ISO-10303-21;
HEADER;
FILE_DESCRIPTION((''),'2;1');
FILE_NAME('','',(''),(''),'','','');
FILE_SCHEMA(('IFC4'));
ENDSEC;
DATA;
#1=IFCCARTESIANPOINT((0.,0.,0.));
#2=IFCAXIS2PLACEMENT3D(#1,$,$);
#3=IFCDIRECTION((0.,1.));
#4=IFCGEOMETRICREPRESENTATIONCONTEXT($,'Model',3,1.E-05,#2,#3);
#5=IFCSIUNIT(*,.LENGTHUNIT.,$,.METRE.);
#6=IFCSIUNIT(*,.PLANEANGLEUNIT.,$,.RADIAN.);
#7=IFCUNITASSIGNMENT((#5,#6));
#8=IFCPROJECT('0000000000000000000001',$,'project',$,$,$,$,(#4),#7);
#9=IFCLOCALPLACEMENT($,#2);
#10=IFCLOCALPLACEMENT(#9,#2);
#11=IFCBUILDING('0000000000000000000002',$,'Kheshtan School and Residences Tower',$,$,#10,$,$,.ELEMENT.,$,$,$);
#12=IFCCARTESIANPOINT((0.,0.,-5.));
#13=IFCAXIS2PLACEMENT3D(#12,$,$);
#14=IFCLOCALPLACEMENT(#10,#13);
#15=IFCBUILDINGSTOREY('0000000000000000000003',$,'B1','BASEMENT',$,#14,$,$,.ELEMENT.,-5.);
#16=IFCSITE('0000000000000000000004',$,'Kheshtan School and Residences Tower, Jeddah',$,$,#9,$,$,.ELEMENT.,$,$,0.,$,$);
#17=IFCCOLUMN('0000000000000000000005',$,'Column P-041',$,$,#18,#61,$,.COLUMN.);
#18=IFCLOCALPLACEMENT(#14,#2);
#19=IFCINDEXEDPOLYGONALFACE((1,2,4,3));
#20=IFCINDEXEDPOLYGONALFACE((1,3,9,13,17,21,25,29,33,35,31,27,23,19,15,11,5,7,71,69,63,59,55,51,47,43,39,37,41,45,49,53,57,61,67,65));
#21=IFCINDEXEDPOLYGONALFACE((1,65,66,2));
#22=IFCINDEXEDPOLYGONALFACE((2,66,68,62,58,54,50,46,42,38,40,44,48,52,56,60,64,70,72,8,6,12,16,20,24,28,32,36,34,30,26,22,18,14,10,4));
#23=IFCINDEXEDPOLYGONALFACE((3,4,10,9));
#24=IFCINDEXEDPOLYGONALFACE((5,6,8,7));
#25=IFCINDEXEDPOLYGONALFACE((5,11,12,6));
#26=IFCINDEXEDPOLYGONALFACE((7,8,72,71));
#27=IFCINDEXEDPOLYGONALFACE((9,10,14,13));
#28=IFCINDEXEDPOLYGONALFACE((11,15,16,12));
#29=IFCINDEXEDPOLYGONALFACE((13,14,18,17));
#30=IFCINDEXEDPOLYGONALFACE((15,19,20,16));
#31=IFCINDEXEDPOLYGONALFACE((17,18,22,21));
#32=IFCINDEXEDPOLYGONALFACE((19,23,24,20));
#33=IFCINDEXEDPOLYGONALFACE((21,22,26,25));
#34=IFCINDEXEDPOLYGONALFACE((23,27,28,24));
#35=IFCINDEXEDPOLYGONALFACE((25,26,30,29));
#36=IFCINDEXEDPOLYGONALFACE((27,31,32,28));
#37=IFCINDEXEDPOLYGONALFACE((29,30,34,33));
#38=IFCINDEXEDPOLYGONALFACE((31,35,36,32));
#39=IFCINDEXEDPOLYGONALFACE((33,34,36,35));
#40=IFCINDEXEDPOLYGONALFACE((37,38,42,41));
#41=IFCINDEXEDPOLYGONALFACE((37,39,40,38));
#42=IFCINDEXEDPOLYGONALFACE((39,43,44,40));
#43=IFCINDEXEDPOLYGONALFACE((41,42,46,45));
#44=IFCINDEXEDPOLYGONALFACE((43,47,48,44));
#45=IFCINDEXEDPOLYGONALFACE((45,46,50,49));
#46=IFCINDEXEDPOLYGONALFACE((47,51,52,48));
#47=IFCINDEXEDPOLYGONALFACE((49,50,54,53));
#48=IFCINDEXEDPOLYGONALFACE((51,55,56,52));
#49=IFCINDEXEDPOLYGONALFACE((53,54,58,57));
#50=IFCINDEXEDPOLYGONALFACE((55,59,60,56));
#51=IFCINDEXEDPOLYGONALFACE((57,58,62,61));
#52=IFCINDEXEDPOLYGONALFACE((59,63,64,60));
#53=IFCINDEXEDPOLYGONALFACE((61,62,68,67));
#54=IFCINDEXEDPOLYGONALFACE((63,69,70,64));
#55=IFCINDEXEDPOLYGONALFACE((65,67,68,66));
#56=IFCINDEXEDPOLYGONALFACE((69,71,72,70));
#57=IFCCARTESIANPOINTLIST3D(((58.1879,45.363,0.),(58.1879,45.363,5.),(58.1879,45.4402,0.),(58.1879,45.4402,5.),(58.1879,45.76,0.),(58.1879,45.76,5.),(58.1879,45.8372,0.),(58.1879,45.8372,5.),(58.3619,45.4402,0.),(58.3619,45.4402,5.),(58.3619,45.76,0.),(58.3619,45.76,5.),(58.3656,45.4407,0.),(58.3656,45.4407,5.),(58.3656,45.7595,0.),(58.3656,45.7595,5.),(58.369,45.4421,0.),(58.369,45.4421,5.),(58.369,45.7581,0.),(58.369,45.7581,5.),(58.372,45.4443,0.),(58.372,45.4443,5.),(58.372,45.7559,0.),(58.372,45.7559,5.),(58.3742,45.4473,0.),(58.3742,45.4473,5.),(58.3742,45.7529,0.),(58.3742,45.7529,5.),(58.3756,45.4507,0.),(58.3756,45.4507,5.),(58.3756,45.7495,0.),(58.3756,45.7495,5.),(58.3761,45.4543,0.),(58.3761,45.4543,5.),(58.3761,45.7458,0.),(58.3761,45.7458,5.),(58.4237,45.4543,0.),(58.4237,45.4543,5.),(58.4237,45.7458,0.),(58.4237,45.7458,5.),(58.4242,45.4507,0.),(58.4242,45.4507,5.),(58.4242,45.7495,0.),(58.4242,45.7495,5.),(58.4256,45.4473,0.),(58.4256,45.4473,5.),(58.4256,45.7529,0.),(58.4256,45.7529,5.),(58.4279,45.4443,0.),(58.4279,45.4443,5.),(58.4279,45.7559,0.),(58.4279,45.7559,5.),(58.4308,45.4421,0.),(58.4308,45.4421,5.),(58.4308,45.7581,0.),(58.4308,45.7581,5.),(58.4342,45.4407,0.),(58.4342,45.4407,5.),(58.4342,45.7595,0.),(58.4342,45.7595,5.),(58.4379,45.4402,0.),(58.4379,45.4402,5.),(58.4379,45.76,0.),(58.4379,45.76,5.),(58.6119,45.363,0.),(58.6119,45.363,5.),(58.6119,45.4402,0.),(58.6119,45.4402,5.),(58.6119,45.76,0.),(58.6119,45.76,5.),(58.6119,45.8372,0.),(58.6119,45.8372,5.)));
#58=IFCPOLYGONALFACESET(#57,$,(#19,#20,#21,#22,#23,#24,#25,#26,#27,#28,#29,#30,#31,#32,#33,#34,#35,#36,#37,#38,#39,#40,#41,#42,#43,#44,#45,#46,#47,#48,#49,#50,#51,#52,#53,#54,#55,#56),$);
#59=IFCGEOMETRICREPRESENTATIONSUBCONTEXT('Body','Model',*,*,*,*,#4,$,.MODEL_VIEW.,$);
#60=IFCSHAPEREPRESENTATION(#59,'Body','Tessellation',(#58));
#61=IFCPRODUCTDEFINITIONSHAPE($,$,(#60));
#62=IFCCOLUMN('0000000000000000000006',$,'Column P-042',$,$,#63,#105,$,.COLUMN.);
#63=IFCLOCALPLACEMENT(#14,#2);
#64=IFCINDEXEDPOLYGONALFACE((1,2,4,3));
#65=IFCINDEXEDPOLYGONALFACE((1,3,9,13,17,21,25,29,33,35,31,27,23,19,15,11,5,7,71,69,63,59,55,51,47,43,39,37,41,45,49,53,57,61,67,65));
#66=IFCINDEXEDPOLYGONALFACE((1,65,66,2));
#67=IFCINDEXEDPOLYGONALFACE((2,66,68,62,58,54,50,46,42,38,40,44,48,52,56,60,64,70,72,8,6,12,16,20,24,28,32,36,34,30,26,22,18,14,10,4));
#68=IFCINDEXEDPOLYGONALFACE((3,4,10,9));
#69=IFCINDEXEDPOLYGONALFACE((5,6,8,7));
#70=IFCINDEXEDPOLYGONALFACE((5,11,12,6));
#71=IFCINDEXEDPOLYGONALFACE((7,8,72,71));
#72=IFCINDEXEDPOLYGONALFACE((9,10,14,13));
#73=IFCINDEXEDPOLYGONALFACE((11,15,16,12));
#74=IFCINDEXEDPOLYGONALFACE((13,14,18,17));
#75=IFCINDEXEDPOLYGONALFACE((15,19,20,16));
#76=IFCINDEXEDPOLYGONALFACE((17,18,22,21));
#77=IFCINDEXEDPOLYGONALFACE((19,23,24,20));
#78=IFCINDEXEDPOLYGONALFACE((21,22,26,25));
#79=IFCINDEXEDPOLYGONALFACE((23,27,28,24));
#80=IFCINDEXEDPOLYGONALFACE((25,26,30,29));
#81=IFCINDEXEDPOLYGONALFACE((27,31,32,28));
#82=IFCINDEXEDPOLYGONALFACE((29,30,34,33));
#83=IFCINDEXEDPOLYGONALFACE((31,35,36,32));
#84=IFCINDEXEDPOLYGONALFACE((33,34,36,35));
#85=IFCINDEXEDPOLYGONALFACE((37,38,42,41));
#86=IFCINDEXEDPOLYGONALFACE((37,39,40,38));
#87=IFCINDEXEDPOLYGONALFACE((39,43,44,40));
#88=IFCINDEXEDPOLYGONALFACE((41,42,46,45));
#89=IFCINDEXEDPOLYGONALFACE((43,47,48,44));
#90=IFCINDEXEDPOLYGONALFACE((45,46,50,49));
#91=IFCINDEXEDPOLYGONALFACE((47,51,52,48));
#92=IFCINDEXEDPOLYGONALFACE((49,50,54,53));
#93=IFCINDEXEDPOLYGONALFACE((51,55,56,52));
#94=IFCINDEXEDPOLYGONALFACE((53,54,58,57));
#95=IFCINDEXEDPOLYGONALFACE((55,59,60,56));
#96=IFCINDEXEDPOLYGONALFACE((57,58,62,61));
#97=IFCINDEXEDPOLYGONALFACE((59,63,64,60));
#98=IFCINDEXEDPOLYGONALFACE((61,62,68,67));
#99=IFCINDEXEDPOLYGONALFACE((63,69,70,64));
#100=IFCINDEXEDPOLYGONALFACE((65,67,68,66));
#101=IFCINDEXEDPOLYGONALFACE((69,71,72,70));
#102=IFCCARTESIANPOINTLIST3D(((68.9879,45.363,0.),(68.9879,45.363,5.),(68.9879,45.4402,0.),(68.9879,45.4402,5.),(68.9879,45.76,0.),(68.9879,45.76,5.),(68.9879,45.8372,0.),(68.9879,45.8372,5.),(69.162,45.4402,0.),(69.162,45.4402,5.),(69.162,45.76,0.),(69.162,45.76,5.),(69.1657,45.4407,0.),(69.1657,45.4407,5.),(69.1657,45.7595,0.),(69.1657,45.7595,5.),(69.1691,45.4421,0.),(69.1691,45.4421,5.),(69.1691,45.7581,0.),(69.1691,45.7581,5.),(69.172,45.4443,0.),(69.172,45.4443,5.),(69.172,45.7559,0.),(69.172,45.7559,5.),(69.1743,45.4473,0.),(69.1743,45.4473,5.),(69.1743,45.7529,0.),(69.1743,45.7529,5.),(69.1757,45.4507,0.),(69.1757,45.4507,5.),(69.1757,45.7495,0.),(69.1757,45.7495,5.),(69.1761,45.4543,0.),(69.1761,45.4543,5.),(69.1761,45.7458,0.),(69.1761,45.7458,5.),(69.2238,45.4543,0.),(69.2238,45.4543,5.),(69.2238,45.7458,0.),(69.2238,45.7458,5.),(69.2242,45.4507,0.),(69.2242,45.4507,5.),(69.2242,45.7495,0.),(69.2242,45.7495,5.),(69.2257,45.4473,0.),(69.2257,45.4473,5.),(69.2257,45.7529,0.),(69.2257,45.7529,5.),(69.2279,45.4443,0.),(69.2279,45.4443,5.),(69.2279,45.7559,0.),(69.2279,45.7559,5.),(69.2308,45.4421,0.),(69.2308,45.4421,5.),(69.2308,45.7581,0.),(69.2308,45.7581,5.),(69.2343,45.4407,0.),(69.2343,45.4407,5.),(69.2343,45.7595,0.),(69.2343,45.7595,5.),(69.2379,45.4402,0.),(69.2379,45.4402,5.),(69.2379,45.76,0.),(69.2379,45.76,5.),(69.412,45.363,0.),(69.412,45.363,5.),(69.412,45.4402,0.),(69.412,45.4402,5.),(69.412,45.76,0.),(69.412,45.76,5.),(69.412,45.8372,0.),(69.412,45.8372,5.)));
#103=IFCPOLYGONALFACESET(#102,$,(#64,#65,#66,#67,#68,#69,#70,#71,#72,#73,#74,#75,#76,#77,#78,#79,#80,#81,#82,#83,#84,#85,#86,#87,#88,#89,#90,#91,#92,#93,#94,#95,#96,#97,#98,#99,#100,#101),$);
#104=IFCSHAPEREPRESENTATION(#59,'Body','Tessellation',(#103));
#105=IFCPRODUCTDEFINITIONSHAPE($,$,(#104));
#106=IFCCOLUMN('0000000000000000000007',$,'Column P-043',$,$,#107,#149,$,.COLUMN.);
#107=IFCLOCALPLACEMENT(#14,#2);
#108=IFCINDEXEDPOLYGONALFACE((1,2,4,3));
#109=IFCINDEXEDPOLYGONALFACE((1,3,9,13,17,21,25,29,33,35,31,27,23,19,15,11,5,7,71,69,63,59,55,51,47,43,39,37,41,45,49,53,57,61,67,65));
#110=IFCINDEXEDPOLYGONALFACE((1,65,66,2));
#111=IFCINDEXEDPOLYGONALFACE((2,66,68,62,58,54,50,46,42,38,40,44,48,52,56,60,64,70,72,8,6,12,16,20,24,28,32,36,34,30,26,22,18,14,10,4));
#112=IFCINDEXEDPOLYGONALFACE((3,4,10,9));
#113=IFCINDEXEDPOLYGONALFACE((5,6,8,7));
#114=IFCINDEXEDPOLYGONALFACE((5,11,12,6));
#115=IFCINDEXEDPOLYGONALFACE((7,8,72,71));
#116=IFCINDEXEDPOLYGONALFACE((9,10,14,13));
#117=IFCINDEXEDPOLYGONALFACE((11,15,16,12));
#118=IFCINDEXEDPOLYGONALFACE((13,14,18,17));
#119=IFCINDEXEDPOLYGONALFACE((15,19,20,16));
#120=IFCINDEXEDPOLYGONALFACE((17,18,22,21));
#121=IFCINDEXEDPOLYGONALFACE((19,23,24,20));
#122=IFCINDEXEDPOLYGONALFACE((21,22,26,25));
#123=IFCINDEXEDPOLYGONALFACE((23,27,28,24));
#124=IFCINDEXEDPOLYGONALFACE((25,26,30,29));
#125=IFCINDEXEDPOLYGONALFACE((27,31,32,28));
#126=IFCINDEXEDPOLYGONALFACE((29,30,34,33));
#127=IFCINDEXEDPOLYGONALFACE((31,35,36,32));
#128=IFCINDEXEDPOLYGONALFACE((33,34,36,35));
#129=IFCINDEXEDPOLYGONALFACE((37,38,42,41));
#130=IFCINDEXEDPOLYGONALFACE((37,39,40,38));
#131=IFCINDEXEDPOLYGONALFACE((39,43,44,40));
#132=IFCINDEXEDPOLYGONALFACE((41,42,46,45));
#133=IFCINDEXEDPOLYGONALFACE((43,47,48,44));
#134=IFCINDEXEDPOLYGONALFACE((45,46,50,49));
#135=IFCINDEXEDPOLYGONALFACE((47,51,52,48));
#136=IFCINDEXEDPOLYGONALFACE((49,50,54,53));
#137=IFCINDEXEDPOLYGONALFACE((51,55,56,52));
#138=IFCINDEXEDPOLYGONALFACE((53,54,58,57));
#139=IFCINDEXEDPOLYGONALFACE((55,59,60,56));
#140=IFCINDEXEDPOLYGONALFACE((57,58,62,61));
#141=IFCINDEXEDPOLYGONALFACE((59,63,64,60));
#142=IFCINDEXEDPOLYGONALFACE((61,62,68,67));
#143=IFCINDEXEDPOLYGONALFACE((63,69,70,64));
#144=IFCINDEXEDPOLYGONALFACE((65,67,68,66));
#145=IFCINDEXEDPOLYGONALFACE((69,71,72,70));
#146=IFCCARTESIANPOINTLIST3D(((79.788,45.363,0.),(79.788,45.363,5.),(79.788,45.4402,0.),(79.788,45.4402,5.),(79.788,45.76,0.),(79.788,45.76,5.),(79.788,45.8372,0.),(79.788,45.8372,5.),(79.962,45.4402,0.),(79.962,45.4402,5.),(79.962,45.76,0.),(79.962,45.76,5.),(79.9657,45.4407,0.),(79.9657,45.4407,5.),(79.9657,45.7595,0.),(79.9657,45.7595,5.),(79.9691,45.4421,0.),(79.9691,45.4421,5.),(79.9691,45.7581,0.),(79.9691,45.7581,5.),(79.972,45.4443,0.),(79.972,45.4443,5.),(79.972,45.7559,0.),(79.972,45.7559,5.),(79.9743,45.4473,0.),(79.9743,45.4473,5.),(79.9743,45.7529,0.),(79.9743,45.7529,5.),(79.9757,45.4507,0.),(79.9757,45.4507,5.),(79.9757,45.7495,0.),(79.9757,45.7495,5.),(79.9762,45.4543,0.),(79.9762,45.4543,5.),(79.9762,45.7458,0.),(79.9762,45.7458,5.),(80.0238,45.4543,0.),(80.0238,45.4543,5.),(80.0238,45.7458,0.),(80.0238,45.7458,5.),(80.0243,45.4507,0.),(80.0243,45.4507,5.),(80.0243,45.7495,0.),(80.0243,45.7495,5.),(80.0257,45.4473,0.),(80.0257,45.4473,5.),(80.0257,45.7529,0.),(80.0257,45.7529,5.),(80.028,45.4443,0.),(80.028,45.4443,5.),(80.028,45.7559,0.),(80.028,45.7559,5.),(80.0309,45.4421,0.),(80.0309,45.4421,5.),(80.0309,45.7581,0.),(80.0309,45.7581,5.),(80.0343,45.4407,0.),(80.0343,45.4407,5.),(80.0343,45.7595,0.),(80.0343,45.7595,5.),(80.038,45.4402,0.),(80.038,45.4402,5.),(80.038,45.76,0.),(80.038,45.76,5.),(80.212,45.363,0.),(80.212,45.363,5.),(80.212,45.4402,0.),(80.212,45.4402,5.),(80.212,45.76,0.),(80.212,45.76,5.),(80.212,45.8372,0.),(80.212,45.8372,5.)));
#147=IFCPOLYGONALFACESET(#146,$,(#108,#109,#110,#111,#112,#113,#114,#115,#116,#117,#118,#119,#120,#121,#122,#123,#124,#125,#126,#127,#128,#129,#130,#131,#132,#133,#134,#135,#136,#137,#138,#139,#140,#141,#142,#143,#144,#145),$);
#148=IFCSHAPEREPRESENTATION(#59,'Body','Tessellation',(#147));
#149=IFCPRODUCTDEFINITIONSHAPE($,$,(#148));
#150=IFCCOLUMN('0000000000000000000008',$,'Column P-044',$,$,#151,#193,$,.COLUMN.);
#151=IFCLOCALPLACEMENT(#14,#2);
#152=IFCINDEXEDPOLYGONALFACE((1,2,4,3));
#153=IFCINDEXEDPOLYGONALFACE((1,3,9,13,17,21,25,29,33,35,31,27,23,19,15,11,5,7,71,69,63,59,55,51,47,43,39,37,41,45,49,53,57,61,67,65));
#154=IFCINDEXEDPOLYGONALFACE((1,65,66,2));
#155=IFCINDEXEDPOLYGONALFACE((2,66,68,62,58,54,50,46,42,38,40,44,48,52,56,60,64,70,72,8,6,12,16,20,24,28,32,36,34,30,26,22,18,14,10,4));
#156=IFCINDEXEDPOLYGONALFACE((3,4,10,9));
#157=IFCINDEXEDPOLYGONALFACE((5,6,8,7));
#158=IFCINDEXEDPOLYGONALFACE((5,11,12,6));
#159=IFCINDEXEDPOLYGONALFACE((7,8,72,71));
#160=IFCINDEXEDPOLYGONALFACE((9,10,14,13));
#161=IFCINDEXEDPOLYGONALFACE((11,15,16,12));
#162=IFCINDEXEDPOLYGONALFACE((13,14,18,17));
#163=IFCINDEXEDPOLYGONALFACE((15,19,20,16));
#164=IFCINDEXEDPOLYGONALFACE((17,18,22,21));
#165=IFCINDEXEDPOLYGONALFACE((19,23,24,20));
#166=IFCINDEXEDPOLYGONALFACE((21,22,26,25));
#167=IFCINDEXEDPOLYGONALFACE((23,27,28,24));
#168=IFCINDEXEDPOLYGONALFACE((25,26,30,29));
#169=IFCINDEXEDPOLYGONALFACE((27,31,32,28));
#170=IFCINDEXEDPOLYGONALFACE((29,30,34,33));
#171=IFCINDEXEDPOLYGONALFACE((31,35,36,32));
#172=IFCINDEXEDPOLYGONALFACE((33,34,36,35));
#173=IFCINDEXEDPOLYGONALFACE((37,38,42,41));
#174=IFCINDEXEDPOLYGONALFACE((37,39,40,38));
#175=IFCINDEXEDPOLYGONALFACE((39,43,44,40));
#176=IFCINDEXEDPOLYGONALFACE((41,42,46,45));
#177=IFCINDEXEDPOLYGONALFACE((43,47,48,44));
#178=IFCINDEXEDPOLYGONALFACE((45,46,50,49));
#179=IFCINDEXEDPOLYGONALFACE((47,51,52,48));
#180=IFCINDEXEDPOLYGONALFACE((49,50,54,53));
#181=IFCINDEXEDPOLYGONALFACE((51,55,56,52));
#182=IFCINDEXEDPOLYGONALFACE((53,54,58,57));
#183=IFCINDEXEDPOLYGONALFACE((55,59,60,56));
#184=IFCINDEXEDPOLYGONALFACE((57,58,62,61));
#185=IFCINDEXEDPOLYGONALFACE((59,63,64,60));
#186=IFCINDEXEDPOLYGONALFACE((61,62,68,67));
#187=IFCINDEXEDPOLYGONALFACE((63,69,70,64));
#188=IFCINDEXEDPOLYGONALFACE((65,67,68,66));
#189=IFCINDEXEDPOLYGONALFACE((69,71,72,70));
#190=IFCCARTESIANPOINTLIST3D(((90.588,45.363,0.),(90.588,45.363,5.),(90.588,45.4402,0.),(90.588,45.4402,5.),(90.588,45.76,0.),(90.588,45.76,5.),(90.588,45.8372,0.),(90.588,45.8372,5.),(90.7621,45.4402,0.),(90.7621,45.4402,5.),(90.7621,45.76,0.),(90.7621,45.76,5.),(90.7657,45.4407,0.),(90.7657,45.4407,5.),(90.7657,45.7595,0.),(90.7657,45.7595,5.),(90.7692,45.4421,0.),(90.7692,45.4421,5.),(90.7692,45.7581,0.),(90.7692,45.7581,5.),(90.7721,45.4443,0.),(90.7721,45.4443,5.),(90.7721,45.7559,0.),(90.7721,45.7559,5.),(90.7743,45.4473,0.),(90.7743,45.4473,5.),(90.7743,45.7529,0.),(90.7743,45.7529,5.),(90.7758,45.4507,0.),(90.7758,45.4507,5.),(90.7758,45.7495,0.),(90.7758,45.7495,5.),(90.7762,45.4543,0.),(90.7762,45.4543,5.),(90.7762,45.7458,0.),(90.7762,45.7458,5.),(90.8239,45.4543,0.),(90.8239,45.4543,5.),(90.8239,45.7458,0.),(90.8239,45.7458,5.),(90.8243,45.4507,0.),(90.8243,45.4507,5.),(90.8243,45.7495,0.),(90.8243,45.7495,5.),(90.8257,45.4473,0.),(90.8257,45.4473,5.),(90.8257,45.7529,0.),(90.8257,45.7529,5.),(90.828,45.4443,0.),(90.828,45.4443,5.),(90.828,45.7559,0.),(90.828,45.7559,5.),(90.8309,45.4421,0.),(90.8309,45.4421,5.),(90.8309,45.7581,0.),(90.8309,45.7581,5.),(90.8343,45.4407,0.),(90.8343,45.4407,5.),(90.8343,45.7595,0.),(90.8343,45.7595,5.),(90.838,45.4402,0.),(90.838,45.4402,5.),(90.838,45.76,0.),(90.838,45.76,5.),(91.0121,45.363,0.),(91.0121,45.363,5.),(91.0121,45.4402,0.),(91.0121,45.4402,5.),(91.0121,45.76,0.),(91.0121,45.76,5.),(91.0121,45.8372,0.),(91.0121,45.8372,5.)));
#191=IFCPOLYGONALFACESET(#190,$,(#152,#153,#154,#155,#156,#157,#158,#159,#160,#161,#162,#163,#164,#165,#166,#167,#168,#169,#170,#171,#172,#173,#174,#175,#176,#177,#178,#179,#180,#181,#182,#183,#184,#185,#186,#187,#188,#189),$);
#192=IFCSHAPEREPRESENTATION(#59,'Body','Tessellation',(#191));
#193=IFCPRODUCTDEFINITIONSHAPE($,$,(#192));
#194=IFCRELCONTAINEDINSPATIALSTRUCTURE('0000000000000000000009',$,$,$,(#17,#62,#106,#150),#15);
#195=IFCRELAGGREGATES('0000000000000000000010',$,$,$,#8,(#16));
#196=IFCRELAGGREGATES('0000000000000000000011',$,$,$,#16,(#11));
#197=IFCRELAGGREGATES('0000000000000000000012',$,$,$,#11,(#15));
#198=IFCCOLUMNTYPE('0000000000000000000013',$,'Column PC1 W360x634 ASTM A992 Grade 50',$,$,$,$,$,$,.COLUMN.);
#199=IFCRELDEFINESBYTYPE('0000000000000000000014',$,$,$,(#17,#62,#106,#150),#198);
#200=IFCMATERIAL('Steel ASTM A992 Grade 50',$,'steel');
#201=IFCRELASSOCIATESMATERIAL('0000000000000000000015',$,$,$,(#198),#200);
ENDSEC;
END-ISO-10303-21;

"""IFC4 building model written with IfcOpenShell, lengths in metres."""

from ifc_helpers import new_model, si_unit, direction, frame, origin, origin_2d, place, context, subcontext, project, spatial, i_section, extrude, material, material_profile, profile_set, type_object, element, save


model = new_model("IFC4")

# Units and contexts
model_context = context("Model", 3, precision=1e-05, world=origin(), true_north=direction((0.0, 1.0)))
body_context = subcontext(model_context, "Body", "Model", "MODEL_VIEW")
ifc_project = project(units=[si_unit("LENGTHUNIT", "METRE"), si_unit("PLANEANGLEUNIT", "RADIAN")], contexts=[model_context])

# Site, building, storey
site_placement = place(None, origin())
site = spatial("IfcSite", under=ifc_project, at=site_placement, Name="Kheshtan School and Residences Tower, Jeddah", CompositionType="ELEMENT", RefElevation=0.0)
building_placement = place(site_placement, origin())
building = spatial("IfcBuilding", under=site, at=building_placement, Name="Kheshtan School and Residences Tower", CompositionType="ELEMENT")
storey_placement = place(building_placement, frame((0.0, 0.0, -5.0)))
storey = spatial("IfcBuildingStorey", under=building, at=storey_placement, Name="B1", Description="BASEMENT", CompositionType="ELEMENT", Elevation=-5.0)

# Columns
ifc_material_1 = material(Name="Steel ASTM A992 Grade 50", Category="steel")
ifc_material_profile_1 = material_profile(ifc_material_1, i_section(OverallWidth=0.4241, OverallDepth=0.4741, WebThickness=0.0476, FlangeThickness=0.0771, FilletRadius=0.0142, at=origin_2d()), Name="W360x634")
ifc_profile_set_1 = profile_set([ifc_material_profile_1], Name="Steel ASTM A992 Grade 50")
column_type = type_object("IfcColumnType", Name="Column PC1 W360x634 ASTM A992 Grade 50", PredefinedType="COLUMN", material=ifc_profile_set_1)
for number, where, z_axis, x_axis, name in (
    (1, (58.3999, 45.6001, 0.0), (0.0, 0.0, 1.0), (1.0, 0.0, 0.0), "Column P-041"),
    (2, (69.2, 45.6001, 0.0), (0.0, 0.0, 1.0), (1.0, 0.0, 0.0), "Column P-042"),
    (3, (80.0, 45.6001, 0.0), (0.0, 0.0, 1.0), (1.0, 0.0, 0.0), "Column P-043"),
    (4, (90.8, 45.6001, 0.0), (0.0, 0.0, 1.0), (1.0, 0.0, 0.0), "Column P-044"),
):
    element("IfcColumn", number, at=place(storey_placement, frame(where, z_axis=z_axis, x_axis=x_axis)), inside=storey, type_object=column_type, Name=name, PredefinedType="COLUMN", context=body_context, shape_type="SweptSolid", body=[
        extrude(i_section(OverallWidth=0.4241, OverallDepth=0.4741, WebThickness=0.0476, FlangeThickness=0.0771, FilletRadius=0.0142, at=origin_2d()), origin(), (0.0, 0.0, 1.0), 5.0),
    ])

save(model, "model.ifc")
